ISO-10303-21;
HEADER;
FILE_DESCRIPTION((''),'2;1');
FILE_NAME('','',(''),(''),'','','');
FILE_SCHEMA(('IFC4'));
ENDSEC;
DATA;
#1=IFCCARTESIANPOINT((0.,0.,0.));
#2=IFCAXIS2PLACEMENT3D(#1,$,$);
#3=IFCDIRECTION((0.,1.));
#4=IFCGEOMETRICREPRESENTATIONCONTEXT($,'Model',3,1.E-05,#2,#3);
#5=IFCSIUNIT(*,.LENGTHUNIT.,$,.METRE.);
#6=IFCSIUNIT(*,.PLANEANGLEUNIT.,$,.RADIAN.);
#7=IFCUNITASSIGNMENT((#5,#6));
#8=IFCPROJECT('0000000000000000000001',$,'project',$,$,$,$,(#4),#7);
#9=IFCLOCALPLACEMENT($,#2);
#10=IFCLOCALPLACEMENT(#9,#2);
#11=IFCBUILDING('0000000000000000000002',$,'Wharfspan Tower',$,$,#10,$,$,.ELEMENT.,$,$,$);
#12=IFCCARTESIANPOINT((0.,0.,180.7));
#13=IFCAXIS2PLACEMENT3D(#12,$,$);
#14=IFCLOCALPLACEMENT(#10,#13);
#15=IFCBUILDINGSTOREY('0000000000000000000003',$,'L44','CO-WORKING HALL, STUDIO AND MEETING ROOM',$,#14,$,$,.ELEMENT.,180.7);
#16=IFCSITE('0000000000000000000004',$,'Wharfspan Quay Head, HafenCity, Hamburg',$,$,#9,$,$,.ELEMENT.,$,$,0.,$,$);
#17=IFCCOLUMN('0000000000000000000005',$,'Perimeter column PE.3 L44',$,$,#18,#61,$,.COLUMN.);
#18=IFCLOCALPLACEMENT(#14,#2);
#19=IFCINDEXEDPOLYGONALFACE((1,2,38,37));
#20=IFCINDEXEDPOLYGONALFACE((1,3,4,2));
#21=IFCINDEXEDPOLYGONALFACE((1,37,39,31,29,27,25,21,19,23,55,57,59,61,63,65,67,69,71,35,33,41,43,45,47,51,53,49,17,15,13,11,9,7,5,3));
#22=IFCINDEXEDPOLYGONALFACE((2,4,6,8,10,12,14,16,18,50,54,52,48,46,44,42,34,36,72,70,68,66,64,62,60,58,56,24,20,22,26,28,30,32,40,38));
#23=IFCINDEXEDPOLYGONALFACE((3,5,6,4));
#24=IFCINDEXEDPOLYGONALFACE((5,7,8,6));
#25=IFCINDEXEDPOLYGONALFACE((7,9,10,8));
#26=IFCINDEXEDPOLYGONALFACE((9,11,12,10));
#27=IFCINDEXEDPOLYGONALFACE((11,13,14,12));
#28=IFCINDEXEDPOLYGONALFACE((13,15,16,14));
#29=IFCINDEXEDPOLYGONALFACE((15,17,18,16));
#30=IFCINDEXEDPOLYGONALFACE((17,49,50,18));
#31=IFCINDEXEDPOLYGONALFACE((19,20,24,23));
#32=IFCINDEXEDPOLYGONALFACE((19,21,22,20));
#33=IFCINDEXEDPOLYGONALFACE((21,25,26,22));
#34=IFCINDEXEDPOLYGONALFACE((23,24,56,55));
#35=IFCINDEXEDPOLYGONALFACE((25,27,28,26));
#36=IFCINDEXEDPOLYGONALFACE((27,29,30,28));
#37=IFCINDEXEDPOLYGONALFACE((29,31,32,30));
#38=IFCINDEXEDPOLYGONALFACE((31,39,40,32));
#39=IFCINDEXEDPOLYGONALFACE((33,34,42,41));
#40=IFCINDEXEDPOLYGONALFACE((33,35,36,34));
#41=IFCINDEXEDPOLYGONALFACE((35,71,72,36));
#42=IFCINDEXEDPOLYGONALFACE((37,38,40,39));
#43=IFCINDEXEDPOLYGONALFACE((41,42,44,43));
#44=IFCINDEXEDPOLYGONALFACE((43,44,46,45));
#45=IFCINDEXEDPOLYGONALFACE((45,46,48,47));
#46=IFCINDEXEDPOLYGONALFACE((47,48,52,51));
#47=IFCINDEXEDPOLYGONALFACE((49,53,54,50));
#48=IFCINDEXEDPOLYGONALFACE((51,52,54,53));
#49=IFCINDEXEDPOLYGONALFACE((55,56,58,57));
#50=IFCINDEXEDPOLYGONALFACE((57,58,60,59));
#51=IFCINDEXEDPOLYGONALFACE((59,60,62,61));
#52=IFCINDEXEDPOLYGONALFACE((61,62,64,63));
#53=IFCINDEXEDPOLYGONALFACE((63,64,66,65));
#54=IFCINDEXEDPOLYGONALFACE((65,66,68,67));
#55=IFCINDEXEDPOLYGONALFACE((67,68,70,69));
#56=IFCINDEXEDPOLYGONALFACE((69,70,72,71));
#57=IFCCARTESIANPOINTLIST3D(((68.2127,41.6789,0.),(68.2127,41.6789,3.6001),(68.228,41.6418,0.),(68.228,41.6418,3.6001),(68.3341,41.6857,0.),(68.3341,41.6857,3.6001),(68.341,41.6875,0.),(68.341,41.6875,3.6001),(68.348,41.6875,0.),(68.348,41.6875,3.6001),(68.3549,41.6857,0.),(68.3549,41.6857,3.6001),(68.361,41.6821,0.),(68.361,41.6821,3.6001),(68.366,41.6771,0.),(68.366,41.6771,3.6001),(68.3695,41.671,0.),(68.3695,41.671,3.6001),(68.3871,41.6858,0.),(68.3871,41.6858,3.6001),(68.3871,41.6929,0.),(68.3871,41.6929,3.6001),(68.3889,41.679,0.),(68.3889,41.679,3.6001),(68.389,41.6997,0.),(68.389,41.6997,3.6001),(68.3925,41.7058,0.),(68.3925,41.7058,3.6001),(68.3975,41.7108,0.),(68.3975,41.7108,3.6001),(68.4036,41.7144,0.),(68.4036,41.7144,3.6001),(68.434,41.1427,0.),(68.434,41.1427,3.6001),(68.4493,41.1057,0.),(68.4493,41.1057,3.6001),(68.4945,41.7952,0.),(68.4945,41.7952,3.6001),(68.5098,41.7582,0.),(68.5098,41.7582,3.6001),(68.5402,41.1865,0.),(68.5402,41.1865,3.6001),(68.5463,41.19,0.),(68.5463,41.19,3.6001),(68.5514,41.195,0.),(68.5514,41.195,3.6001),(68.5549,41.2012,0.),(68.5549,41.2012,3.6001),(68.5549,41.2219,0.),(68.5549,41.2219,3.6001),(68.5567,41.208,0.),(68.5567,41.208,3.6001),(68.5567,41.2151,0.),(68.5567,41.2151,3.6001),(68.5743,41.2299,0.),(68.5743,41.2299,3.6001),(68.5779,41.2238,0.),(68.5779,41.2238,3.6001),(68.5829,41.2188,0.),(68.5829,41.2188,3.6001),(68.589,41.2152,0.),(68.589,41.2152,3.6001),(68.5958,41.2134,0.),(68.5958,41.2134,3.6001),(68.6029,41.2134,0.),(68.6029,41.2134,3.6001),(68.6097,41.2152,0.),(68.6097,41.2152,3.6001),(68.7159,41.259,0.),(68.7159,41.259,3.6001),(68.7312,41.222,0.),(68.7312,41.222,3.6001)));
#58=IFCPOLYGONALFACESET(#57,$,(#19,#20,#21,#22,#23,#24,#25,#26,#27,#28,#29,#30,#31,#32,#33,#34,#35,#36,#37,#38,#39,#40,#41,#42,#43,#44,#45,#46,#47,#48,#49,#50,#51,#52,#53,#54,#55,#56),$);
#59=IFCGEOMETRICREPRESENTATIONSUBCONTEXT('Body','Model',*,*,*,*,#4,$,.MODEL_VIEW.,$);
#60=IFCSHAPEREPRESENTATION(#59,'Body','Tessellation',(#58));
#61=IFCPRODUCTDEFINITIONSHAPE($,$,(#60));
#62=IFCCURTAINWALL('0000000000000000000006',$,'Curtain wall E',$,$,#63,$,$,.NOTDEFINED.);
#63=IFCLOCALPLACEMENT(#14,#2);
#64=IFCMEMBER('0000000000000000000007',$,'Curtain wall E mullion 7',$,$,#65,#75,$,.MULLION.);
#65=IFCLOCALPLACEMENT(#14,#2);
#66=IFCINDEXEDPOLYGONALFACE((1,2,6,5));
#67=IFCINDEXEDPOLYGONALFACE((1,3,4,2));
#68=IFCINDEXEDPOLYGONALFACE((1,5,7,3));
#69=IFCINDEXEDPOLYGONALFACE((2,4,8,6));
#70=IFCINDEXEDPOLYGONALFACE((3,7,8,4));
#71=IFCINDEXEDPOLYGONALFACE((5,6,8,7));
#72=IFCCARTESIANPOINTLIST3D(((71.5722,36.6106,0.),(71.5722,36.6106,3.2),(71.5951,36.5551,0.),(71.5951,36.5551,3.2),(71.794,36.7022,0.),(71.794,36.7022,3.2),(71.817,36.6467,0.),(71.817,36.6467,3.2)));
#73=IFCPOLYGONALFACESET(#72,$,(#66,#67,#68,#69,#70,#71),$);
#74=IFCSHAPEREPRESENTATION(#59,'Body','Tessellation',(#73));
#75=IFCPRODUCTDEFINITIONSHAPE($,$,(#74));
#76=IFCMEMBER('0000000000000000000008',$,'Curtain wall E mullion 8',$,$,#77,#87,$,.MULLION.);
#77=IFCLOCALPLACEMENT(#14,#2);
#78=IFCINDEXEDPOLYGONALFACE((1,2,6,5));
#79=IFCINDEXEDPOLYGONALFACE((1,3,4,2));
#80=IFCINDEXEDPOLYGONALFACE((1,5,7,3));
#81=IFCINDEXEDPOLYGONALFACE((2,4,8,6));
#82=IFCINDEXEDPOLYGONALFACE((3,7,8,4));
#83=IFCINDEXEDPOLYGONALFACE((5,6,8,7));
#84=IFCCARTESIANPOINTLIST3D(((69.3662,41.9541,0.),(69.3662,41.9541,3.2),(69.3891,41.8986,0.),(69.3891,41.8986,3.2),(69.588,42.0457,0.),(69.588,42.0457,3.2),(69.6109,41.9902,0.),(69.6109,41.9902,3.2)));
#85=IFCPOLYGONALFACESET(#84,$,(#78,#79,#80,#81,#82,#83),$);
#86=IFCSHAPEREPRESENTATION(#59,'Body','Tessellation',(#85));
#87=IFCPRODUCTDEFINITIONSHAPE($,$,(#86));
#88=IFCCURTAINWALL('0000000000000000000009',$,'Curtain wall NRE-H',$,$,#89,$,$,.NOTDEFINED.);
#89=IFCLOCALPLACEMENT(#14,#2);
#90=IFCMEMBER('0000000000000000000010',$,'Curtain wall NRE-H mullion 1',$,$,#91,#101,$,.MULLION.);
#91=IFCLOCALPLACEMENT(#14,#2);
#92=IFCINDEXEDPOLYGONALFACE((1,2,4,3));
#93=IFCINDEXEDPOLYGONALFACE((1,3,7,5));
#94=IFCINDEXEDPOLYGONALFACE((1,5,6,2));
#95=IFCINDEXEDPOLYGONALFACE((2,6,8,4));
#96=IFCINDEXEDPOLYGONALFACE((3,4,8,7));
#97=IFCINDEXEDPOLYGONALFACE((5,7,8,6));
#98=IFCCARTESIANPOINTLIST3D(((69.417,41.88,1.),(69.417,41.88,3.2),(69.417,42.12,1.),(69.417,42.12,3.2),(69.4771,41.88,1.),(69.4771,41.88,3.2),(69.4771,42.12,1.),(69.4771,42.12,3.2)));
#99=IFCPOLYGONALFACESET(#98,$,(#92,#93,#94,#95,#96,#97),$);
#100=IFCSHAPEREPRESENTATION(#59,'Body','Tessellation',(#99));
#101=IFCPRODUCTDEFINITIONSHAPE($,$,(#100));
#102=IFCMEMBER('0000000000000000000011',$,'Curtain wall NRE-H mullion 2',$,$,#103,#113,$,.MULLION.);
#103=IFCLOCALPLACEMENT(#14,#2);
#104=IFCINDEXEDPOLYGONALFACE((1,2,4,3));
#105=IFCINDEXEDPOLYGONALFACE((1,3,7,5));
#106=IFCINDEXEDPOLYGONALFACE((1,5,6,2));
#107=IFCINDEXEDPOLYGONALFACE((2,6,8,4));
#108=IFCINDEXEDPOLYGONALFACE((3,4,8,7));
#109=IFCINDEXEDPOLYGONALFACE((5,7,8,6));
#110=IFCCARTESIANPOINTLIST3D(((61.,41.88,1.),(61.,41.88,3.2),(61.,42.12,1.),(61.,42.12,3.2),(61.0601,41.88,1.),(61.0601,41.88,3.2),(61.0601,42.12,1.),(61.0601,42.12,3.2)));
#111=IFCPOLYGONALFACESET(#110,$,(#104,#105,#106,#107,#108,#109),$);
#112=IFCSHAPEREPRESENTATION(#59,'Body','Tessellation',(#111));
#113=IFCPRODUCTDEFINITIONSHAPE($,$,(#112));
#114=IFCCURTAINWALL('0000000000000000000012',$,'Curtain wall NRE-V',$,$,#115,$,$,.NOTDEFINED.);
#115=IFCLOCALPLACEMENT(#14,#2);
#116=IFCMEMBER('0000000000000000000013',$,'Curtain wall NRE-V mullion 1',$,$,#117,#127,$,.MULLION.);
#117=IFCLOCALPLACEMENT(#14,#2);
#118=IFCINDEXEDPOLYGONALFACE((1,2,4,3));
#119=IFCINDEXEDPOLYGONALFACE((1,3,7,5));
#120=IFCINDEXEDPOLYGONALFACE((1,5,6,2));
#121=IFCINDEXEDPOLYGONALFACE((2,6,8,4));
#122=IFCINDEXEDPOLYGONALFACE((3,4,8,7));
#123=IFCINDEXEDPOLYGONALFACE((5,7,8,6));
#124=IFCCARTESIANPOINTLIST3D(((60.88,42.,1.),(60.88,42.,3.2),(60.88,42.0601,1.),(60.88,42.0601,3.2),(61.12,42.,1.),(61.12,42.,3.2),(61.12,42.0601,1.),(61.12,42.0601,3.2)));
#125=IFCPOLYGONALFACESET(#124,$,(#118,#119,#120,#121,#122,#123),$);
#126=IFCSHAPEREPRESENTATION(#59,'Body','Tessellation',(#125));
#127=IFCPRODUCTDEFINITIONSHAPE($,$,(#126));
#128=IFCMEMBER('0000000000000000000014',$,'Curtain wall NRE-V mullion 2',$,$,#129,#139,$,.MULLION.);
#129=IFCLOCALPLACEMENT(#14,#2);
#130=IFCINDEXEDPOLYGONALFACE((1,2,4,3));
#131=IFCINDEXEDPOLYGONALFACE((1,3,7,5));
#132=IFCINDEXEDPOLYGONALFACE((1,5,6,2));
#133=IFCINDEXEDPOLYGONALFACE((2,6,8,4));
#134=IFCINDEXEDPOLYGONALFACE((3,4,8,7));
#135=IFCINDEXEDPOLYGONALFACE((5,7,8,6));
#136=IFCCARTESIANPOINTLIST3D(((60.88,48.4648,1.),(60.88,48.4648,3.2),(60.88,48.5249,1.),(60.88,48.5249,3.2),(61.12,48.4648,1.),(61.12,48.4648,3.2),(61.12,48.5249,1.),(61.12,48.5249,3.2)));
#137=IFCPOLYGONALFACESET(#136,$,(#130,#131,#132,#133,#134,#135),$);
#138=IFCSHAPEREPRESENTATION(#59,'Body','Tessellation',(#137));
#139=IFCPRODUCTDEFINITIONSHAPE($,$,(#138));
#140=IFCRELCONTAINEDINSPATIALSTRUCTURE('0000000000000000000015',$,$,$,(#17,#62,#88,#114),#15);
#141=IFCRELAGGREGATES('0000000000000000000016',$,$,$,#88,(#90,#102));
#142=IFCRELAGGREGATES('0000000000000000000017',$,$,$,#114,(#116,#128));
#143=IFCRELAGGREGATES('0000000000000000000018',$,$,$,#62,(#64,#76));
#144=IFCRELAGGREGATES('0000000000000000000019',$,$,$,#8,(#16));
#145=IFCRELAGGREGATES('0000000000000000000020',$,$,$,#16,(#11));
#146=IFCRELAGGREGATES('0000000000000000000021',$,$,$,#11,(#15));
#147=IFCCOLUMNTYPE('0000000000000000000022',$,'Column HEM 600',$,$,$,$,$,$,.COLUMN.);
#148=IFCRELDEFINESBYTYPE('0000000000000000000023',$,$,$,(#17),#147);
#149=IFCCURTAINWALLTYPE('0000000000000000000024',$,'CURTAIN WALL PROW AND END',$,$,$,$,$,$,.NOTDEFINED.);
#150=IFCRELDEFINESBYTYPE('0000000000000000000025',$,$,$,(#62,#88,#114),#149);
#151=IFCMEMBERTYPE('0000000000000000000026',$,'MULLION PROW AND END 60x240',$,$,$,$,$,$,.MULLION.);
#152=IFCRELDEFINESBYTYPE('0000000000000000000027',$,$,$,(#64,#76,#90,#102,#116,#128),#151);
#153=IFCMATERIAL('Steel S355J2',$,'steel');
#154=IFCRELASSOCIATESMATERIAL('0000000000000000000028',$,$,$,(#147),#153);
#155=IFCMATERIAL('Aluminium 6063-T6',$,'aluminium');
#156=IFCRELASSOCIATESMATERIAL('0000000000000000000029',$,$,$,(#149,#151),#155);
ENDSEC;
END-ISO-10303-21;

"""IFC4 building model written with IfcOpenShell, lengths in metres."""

from ifc_helpers import new_model, si_unit, direction, frame, origin, origin_2d, place, context, subcontext, project, spatial, rectangle, i_section, extrude, material, material_profile, profile_set, type_object, element, aggregate, save


model = new_model("IFC4")

# Units and contexts
model_context = context("Model", 3, precision=1e-05, world=origin(), true_north=direction((0.0, 1.0)))
body_context = subcontext(model_context, "Body", "Model", "MODEL_VIEW")
ifc_project = project(units=[si_unit("LENGTHUNIT", "METRE"), si_unit("PLANEANGLEUNIT", "RADIAN")], contexts=[model_context])

# Site, building, storey
site_placement = place(None, origin())
site = spatial("IfcSite", under=ifc_project, at=site_placement, Name="Wharfspan Quay Head, HafenCity, Hamburg", CompositionType="ELEMENT", RefElevation=0.0)
building_placement = place(site_placement, origin())
building = spatial("IfcBuilding", under=site, at=building_placement, Name="Wharfspan Tower", CompositionType="ELEMENT")
storey_placement = place(building_placement, frame((0.0, 0.0, 180.7)))
storey = spatial("IfcBuildingStorey", under=building, at=storey_placement, Name="L44", Description="CO-WORKING HALL, STUDIO AND MEETING ROOM", CompositionType="ELEMENT", Elevation=180.7)

# Column
ifc_material_1 = material(Name="Steel S355J2", Category="steel")
ifc_material_profile_1 = material_profile(ifc_material_1, i_section(OverallWidth=0.3049, OverallDepth=0.6201, WebThickness=0.021, FlangeThickness=0.04, FilletRadius=0.0271, at=origin_2d()))
ifc_profile_set_1 = profile_set([ifc_material_profile_1], Name="Steel S355J2")
column_type = type_object("IfcColumnType", Name="Column HEM 600", PredefinedType="COLUMN", material=ifc_profile_set_1)
column_placement = place(storey_placement, frame((68.4719, 41.4504, 0.0), z_axis=(0.0, 0.0, 1.0), x_axis=(0.924325, 0.381602, 0.0)))
element("IfcColumn", 1, at=column_placement, inside=storey, type_object=column_type, Name="Perimeter column PE.3 L44", PredefinedType="COLUMN", context=body_context, shape_type="SweptSolid", body=[
    extrude(i_section(OverallWidth=0.3049, OverallDepth=0.6201, WebThickness=0.021, FlangeThickness=0.04, FilletRadius=0.0271, at=origin_2d()), origin(), (0.0, 0.0, 1.0), 3.6001),
])

# Curtain walls, members
ifc_material_2 = material(Name="Aluminium 6063-T6", Category="aluminium")
curtain_wall_type = type_object("IfcCurtainWallType", Name="CURTAIN WALL PROW AND END", PredefinedType="NOTDEFINED", material=ifc_material_2)
curtain_wall_1_placement = place(storey_placement, origin())
curtain_wall_1 = element("IfcCurtainWall", 2, at=curtain_wall_1_placement, inside=storey, type_object=curtain_wall_type, Name="Curtain wall E", PredefinedType="NOTDEFINED")
ifc_material_profile_2 = material_profile(ifc_material_2, rectangle(XDim=0.24, YDim=0.0601, at=origin_2d()))
ifc_profile_set_2 = profile_set([ifc_material_profile_2], Name="Aluminium 6063-T6")
member_type_1 = type_object("IfcMemberType", Name="MULLION PROW AND END 60x240", PredefinedType="MULLION", material=ifc_profile_set_2)
member_1_placement = place(storey_placement, frame((71.6946, 36.6287, 0.0), z_axis=(0.0, 0.0, 1.0), x_axis=(-0.924325, -0.381602, 0.0)))
member_1 = element("IfcMember", 3, at=member_1_placement, type_object=member_type_1, Name="Curtain wall E mullion 7", PredefinedType="MULLION", context=body_context, shape_type="SweptSolid", body=[
    extrude(rectangle(XDim=0.24, YDim=0.0601, at=origin_2d()), origin(), (0.0, 0.0, 1.0), 3.2),
])
member_2_placement = place(storey_placement, frame((69.4885, 41.9722, 0.0), z_axis=(0.0, 0.0, 1.0), x_axis=(-0.924325, -0.381602, 0.0)))
member_2 = element("IfcMember", 4, at=member_2_placement, type_object=member_type_1, Name="Curtain wall E mullion 8", PredefinedType="MULLION", context=body_context, shape_type="SweptSolid", body=[
    extrude(rectangle(XDim=0.24, YDim=0.0601, at=origin_2d()), origin(), (0.0, 0.0, 1.0), 3.2),
])
curtain_wall_2_placement = place(storey_placement, origin())
curtain_wall_2 = element("IfcCurtainWall", 5, at=curtain_wall_2_placement, inside=storey, type_object=curtain_wall_type, Name="Curtain wall NRE-H", PredefinedType="NOTDEFINED")
member_3_placement = place(storey_placement, frame((69.447, 42.0, 1.0), z_axis=(0.0, 0.0, 1.0), x_axis=(0.0, -1.0, 0.0)))
member_3 = element("IfcMember", 6, at=member_3_placement, type_object=member_type_1, Name="Curtain wall NRE-H mullion 1", PredefinedType="MULLION", context=body_context, shape_type="SweptSolid", body=[
    extrude(rectangle(XDim=0.24, YDim=0.0601, at=origin_2d()), origin(), (0.0, 0.0, 1.0), 2.2),
])
member_4_placement = place(storey_placement, frame((61.03, 42.0, 1.0), z_axis=(0.0, 0.0, 1.0), x_axis=(0.0, -1.0, 0.0)))
member_4 = element("IfcMember", 7, at=member_4_placement, type_object=member_type_1, Name="Curtain wall NRE-H mullion 2", PredefinedType="MULLION", context=body_context, shape_type="SweptSolid", body=[
    extrude(rectangle(XDim=0.24, YDim=0.0601, at=origin_2d()), origin(), (0.0, 0.0, 1.0), 2.2),
])
curtain_wall_3_placement = place(storey_placement, origin())
curtain_wall_3 = element("IfcCurtainWall", 8, at=curtain_wall_3_placement, inside=storey, type_object=curtain_wall_type, Name="Curtain wall NRE-V", PredefinedType="NOTDEFINED")
member_5_placement = place(storey_placement, frame((61.0, 42.03, 1.0), z_axis=(0.0, 0.0, 1.0), x_axis=(-1.0, 0.0, 0.0)))
member_5 = element("IfcMember", 9, at=member_5_placement, type_object=member_type_1, Name="Curtain wall NRE-V mullion 1", PredefinedType="MULLION", context=body_context, shape_type="SweptSolid", body=[
    extrude(rectangle(XDim=0.24, YDim=0.0601, at=origin_2d()), origin(), (0.0, 0.0, 1.0), 2.2),
])
member_6_placement = place(storey_placement, frame((61.0, 48.4949, 1.0), z_axis=(0.0, 0.0, 1.0), x_axis=(-1.0, 0.0, 0.0)))
member_6 = element("IfcMember", 10, at=member_6_placement, type_object=member_type_1, Name="Curtain wall NRE-V mullion 2", PredefinedType="MULLION", context=body_context, shape_type="SweptSolid", body=[
    extrude(rectangle(XDim=0.24, YDim=0.0601, at=origin_2d()), origin(), (0.0, 0.0, 1.0), 2.2),
])

aggregate(curtain_wall_2, [member_3, member_4])
aggregate(curtain_wall_3, [member_5, member_6])
aggregate(curtain_wall_1, [member_1, member_2])

save(model, "model.ifc")
